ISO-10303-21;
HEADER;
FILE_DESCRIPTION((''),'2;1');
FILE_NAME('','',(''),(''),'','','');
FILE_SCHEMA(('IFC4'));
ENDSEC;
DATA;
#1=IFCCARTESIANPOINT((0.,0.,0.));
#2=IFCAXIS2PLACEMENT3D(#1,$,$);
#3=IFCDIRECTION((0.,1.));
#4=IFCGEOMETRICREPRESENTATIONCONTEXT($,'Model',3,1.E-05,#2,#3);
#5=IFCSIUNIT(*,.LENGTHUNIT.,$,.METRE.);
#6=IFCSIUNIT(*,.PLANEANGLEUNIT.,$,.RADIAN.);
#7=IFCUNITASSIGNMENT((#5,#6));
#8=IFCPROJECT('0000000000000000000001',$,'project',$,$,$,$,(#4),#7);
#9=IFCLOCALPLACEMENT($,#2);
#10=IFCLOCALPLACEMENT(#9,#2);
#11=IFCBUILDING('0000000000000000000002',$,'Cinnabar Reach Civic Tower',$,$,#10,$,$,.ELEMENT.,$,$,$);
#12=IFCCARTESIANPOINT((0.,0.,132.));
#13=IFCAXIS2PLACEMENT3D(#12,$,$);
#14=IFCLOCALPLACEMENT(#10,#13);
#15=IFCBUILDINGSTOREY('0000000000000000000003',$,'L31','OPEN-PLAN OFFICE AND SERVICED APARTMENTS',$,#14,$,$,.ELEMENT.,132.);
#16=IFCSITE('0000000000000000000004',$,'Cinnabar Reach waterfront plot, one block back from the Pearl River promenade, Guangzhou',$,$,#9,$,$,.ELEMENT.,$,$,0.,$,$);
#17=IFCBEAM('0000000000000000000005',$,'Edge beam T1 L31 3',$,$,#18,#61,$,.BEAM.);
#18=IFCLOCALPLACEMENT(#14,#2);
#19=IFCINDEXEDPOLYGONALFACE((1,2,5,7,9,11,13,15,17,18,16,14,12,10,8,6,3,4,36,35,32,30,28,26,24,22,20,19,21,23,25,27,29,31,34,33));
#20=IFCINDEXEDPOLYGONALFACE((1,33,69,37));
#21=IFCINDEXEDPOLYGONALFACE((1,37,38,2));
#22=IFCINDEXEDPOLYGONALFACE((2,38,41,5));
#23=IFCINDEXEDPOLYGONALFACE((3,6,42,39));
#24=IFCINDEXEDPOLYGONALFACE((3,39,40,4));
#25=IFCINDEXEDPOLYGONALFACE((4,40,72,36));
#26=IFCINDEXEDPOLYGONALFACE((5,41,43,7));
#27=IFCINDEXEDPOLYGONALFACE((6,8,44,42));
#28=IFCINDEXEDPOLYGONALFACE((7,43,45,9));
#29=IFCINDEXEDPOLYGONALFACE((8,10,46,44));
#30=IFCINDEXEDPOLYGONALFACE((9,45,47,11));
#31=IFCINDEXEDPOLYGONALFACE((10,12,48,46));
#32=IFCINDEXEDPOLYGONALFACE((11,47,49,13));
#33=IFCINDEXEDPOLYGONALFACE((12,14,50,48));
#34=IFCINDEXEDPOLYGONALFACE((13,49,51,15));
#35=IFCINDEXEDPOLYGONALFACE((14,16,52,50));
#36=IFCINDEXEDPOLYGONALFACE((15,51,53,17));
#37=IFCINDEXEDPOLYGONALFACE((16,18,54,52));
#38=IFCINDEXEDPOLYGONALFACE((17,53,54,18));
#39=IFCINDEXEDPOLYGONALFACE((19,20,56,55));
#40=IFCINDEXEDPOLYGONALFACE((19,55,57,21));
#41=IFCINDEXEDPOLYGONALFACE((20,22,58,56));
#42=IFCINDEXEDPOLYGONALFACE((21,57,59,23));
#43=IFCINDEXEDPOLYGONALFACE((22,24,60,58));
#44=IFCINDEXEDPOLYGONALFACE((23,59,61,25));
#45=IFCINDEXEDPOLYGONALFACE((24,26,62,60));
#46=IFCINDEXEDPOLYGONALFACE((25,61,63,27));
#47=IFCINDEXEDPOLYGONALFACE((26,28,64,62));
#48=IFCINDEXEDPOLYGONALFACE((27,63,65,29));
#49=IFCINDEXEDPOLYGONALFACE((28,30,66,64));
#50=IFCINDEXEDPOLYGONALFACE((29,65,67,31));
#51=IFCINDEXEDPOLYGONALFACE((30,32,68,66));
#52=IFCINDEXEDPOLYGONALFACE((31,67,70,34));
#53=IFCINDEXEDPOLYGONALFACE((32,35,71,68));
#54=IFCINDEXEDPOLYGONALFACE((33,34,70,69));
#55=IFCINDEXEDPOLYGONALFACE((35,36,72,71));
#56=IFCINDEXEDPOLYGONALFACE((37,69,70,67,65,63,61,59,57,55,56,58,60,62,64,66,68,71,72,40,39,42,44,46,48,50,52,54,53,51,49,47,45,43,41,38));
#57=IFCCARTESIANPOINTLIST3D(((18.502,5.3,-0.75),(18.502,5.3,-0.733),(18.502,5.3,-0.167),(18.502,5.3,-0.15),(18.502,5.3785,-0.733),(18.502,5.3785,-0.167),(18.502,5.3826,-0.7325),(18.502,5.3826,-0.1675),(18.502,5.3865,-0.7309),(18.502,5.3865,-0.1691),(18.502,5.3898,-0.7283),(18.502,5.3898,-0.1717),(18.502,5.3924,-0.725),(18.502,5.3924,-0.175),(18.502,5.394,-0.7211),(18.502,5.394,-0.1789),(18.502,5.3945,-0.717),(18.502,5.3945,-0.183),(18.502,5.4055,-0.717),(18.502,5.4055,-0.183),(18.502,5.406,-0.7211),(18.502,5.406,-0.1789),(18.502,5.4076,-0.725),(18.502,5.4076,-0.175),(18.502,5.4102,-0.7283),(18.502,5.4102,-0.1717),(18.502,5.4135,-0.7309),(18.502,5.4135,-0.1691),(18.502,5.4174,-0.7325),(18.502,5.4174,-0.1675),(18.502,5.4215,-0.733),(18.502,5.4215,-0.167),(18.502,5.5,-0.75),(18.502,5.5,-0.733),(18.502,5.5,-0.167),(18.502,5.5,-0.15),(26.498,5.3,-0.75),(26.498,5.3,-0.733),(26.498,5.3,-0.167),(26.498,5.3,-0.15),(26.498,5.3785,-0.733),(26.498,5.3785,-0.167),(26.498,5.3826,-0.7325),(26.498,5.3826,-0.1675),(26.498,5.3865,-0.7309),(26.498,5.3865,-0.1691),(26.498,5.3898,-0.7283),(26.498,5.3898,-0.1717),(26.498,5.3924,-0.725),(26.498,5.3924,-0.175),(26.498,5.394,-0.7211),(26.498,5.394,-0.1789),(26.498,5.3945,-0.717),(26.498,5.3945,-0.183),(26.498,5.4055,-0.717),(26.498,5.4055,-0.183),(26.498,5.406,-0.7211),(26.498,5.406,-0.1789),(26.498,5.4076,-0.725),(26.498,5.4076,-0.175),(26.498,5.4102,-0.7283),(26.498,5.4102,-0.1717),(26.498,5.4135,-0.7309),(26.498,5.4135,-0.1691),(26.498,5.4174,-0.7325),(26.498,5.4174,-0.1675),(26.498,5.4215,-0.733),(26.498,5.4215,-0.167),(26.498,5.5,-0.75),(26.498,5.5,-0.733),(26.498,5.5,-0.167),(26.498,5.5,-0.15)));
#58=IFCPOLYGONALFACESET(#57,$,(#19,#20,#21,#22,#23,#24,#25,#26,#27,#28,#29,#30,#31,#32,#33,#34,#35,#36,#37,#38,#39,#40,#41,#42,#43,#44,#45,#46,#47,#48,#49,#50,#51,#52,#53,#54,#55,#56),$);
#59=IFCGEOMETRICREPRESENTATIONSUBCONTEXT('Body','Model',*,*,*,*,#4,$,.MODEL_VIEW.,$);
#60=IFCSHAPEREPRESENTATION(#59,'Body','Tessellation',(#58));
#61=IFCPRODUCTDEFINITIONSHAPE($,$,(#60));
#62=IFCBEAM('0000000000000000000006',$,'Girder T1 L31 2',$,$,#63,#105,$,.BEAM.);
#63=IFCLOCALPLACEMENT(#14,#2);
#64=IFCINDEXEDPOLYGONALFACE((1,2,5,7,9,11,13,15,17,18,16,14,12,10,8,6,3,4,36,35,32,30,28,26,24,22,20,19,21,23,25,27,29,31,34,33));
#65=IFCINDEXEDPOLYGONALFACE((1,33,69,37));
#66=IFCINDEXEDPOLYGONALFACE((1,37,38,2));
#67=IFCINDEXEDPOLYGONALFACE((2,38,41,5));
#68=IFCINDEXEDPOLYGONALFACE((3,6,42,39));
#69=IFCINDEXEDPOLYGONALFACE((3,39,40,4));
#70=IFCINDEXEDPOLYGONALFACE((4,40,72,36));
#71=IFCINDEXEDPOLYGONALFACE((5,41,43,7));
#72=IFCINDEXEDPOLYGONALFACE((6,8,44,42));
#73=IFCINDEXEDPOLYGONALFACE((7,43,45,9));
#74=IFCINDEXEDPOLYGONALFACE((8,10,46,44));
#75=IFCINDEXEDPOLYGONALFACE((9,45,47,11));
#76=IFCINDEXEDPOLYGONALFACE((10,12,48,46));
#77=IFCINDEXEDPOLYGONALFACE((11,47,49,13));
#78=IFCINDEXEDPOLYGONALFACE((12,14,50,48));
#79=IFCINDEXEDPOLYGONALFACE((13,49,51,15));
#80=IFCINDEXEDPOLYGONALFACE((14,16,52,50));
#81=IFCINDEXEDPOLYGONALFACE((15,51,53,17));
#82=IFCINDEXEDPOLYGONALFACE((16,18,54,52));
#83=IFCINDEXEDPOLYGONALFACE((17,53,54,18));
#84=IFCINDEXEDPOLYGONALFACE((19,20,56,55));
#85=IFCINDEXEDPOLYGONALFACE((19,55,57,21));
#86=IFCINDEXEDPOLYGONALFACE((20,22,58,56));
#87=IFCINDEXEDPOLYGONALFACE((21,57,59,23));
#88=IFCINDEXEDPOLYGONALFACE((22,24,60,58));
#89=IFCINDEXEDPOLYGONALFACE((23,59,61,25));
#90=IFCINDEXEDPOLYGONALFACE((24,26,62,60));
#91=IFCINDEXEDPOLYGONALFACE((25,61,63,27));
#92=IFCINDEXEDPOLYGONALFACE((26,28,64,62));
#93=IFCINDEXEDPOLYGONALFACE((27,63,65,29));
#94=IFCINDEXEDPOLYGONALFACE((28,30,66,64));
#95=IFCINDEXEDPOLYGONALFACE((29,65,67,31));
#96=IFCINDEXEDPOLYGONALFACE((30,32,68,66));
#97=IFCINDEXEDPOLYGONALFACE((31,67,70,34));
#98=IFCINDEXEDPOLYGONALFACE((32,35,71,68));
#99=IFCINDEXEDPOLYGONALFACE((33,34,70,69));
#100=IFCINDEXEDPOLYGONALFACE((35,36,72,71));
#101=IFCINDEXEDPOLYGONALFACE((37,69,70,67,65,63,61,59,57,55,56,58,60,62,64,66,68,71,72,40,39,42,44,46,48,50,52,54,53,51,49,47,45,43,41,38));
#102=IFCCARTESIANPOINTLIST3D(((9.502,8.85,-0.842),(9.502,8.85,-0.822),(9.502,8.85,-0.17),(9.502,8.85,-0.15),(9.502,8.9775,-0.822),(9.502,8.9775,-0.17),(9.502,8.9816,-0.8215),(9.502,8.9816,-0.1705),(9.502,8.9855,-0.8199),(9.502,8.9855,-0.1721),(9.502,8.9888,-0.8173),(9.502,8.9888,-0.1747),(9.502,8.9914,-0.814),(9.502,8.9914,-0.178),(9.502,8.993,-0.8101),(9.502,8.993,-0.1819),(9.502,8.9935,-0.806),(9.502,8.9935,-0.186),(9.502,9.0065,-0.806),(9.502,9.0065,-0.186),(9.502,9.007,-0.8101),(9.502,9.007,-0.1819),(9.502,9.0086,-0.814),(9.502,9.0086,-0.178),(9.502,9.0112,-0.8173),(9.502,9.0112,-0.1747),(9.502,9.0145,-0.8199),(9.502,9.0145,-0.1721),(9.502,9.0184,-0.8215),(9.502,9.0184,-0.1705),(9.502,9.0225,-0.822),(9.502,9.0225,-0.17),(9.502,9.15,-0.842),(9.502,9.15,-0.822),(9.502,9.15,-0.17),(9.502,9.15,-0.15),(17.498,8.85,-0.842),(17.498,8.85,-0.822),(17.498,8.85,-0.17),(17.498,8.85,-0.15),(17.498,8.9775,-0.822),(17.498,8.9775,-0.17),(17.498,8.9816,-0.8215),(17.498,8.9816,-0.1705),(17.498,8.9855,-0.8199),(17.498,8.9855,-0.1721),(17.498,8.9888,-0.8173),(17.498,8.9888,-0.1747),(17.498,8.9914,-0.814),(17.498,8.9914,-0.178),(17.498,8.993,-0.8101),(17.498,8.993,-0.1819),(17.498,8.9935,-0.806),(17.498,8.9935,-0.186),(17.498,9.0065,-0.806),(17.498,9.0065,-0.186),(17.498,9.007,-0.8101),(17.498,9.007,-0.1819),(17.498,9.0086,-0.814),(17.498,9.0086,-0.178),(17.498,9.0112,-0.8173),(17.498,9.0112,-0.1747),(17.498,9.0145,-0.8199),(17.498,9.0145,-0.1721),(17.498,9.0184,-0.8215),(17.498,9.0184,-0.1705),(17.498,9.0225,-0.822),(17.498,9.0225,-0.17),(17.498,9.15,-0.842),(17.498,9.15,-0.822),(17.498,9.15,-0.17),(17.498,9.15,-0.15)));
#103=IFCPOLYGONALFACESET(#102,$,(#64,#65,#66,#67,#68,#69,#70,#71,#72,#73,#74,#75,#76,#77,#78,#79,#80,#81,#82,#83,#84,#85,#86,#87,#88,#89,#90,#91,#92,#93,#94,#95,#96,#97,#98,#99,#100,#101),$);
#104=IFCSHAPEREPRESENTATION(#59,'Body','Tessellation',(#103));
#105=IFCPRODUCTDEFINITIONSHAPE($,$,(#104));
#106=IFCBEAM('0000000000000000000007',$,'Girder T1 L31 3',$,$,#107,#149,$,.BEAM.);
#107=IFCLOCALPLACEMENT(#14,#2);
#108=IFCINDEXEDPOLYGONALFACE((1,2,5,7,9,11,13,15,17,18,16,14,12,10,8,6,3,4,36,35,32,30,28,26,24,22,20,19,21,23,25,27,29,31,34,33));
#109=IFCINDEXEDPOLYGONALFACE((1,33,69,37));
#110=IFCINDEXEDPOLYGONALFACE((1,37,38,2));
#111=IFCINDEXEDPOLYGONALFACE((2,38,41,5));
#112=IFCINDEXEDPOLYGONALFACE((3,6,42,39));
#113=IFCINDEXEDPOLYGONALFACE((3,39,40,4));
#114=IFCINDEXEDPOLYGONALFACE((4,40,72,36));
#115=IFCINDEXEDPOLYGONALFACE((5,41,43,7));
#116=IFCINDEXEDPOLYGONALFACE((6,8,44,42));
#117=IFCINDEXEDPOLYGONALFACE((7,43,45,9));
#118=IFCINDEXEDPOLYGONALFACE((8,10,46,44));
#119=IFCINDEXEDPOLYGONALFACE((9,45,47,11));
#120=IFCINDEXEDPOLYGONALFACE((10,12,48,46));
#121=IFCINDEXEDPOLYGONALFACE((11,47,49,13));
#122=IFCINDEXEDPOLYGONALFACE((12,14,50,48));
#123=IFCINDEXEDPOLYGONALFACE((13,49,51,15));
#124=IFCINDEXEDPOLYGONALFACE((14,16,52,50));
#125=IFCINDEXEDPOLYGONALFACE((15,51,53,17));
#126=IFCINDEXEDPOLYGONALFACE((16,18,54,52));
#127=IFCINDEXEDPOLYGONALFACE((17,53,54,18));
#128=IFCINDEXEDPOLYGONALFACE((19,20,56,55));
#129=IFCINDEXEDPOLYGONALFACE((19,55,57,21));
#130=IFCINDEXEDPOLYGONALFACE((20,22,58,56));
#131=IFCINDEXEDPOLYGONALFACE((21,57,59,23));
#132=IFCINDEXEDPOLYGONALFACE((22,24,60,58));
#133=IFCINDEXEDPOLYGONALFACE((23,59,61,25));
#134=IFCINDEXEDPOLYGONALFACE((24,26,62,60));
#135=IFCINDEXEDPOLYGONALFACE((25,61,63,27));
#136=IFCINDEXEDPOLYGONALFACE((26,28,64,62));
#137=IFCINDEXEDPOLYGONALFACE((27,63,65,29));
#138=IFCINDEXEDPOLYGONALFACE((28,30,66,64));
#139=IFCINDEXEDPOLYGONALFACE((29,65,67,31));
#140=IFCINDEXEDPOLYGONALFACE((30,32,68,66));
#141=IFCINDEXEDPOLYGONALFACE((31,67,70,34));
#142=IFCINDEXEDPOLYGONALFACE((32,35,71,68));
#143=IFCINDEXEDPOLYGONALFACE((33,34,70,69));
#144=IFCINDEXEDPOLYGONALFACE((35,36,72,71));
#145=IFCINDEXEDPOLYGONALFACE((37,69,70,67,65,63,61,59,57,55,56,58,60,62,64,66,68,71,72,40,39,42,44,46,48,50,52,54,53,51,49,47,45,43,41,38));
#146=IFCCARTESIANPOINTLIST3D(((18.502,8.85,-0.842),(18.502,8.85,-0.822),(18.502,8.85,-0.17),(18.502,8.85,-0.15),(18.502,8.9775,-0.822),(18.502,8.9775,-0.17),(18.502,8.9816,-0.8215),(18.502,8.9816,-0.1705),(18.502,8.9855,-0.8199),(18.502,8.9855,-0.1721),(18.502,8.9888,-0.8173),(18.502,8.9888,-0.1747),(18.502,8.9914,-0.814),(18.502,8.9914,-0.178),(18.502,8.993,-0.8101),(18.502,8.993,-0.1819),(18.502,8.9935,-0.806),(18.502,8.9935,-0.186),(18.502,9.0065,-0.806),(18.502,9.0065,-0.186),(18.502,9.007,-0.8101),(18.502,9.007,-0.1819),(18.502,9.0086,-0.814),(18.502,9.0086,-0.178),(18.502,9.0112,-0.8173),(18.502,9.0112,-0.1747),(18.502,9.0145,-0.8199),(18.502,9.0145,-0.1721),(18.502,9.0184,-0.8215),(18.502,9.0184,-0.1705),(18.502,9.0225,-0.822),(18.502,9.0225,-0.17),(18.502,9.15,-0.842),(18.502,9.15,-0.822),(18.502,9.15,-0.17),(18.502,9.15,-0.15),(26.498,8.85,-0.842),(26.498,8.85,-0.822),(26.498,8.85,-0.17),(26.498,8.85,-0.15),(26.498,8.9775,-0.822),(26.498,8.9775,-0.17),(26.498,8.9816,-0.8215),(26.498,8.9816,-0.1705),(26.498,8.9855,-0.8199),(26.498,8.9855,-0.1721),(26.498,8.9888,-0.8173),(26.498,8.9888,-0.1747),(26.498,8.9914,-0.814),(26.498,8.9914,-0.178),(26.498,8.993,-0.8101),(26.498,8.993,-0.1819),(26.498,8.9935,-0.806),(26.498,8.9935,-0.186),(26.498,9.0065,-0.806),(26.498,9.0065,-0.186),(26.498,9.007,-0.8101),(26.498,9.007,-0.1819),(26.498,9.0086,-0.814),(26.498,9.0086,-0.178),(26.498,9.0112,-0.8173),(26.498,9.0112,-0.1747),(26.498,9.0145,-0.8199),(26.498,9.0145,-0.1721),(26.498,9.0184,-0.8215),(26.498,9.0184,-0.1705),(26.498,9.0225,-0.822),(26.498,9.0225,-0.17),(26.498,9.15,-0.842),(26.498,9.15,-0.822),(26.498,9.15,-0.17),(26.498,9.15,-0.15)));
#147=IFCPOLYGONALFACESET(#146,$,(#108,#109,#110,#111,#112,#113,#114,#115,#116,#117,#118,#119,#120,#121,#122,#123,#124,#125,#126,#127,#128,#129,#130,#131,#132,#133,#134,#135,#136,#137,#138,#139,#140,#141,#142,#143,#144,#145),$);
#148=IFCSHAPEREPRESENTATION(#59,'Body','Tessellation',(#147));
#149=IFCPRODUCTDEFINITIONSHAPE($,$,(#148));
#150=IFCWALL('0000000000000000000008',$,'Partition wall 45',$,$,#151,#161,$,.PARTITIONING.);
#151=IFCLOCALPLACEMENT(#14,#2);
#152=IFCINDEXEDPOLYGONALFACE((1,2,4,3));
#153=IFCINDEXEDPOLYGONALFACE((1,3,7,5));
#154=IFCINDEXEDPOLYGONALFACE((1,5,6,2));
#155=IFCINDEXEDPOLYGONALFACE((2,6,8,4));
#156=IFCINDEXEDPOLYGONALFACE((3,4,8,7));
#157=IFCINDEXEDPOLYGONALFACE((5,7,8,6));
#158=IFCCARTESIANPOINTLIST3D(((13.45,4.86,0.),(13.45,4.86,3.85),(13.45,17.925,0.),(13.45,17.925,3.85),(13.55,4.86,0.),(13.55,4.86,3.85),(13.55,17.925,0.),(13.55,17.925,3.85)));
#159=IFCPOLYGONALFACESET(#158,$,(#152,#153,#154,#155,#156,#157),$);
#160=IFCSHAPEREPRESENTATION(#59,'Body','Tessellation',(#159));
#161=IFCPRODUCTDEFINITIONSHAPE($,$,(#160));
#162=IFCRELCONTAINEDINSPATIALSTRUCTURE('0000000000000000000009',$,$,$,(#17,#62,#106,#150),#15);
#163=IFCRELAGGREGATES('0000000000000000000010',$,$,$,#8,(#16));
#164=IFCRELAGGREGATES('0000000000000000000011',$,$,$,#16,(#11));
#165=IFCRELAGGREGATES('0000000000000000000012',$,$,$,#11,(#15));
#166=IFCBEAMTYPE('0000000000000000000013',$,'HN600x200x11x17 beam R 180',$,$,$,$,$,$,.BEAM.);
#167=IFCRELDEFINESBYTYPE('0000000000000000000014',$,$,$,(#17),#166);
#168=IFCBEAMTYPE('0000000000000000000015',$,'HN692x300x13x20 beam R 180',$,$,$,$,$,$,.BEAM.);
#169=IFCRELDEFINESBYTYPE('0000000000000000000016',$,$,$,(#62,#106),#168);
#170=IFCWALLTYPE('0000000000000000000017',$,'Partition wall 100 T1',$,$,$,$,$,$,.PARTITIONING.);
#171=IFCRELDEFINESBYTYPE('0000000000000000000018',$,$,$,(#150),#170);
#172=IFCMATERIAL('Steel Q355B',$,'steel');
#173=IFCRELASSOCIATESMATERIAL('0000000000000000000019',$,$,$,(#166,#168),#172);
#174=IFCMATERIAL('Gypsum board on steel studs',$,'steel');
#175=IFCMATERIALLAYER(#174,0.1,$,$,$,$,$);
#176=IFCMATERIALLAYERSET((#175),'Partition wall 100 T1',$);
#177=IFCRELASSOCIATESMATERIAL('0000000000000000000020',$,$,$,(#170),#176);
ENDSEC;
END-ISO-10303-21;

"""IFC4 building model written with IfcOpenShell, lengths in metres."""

from ifc_helpers import new_model, si_unit, direction, frame, frame_2d, origin, origin_2d, place, context, subcontext, project, spatial, rectangle, i_section, extrude, material, layer, layer_set, material_profile, profile_set, type_object, element, save


model = new_model("IFC4")

# Units and contexts
model_context = context("Model", 3, precision=1e-05, world=origin(), true_north=direction((0.0, 1.0)))
body_context = subcontext(model_context, "Body", "Model", "MODEL_VIEW")
ifc_project = project(units=[si_unit("LENGTHUNIT", "METRE"), si_unit("PLANEANGLEUNIT", "RADIAN")], contexts=[model_context])

# Site, building, storey
site_placement = place(None, origin())
site = spatial("IfcSite", under=ifc_project, at=site_placement, Name="Cinnabar Reach waterfront plot, one block back from the Pearl River promenade, Guangzhou", CompositionType="ELEMENT", RefElevation=0.0)
building_placement = place(site_placement, origin())
building = spatial("IfcBuilding", under=site, at=building_placement, Name="Cinnabar Reach Civic Tower", CompositionType="ELEMENT")
storey_placement = place(building_placement, frame((0.0, 0.0, 132.0)))
storey = spatial("IfcBuildingStorey", under=building, at=storey_placement, Name="L31", Description="OPEN-PLAN OFFICE AND SERVICED APARTMENTS", CompositionType="ELEMENT", Elevation=132.0)

# Beams
ifc_material_1 = material(Name="Steel Q355B", Category="steel")
ifc_material_profile_1 = material_profile(ifc_material_1, i_section(OverallWidth=0.2, OverallDepth=0.6, WebThickness=0.011, FlangeThickness=0.017, FilletRadius=0.016, at=origin_2d()), Name="HN600x200x11x17")
ifc_profile_set_1 = profile_set([ifc_material_profile_1], Name="Steel Q355B")
beam_type_1 = type_object("IfcBeamType", Name="HN600x200x11x17 beam R 180", PredefinedType="BEAM", material=ifc_profile_set_1)
for number, where, z_axis, x_axis, name in (
    (1, (18.502, 5.4, -0.45), (1.0, 0.0, 0.0), (0.0, 1.0, 0.0), "Edge beam T1 L31 3"),
):
    element("IfcBeam", number, at=place(storey_placement, frame(where, z_axis=z_axis, x_axis=x_axis)), inside=storey, type_object=beam_type_1, Name=name, PredefinedType="BEAM", context=body_context, shape_type="SweptSolid", body=[
        extrude(i_section(OverallWidth=0.2, OverallDepth=0.6, WebThickness=0.011, FlangeThickness=0.017, FilletRadius=0.016, at=origin_2d()), origin(), (0.0, 0.0, 1.0), 7.996),
    ])
ifc_material_profile_2 = material_profile(ifc_material_1, i_section(OverallWidth=0.3, OverallDepth=0.692, WebThickness=0.013, FlangeThickness=0.02, FilletRadius=0.016, at=origin_2d()), Name="HN692x300x13x20")
ifc_profile_set_2 = profile_set([ifc_material_profile_2], Name="Steel Q355B")
beam_type_2 = type_object("IfcBeamType", Name="HN692x300x13x20 beam R 180", PredefinedType="BEAM", material=ifc_profile_set_2)
for number, where, z_axis, x_axis, name in (
    (2, (9.502, 9.0, -0.496), (1.0, 0.0, 0.0), (0.0, 1.0, 0.0), "Girder T1 L31 2"),
    (3, (18.502, 9.0, -0.496), (1.0, 0.0, 0.0), (0.0, 1.0, 0.0), "Girder T1 L31 3"),
):
    element("IfcBeam", number, at=place(storey_placement, frame(where, z_axis=z_axis, x_axis=x_axis)), inside=storey, type_object=beam_type_2, Name=name, PredefinedType="BEAM", context=body_context, shape_type="SweptSolid", body=[
        extrude(i_section(OverallWidth=0.3, OverallDepth=0.692, WebThickness=0.013, FlangeThickness=0.02, FilletRadius=0.016, at=origin_2d()), origin(), (0.0, 0.0, 1.0), 7.996),
    ])

# Wall
ifc_material_2 = material(Name="Gypsum board on steel studs", Category="steel")
ifc_layer = layer(ifc_material_2, 0.1)
ifc_layer_set = layer_set([ifc_layer], Name="Partition wall 100 T1")
wall_type = type_object("IfcWallType", Name="Partition wall 100 T1", PredefinedType="PARTITIONING", material=ifc_layer_set)
wall_placement = place(storey_placement, frame((13.5, 4.86, 0.0), z_axis=(0.0, 0.0, 1.0), x_axis=(0.0, 1.0, 0.0)))
element("IfcWall", 4, at=wall_placement, inside=storey, type_object=wall_type, Name="Partition wall 45", PredefinedType="PARTITIONING", context=body_context, shape_type="SweptSolid", body=[
    extrude(rectangle(XDim=13.065, YDim=0.1, at=frame_2d((6.5325, 0.0))), origin(), (0.0, 0.0, 1.0), 3.85),
])

save(model, "model.ifc")
